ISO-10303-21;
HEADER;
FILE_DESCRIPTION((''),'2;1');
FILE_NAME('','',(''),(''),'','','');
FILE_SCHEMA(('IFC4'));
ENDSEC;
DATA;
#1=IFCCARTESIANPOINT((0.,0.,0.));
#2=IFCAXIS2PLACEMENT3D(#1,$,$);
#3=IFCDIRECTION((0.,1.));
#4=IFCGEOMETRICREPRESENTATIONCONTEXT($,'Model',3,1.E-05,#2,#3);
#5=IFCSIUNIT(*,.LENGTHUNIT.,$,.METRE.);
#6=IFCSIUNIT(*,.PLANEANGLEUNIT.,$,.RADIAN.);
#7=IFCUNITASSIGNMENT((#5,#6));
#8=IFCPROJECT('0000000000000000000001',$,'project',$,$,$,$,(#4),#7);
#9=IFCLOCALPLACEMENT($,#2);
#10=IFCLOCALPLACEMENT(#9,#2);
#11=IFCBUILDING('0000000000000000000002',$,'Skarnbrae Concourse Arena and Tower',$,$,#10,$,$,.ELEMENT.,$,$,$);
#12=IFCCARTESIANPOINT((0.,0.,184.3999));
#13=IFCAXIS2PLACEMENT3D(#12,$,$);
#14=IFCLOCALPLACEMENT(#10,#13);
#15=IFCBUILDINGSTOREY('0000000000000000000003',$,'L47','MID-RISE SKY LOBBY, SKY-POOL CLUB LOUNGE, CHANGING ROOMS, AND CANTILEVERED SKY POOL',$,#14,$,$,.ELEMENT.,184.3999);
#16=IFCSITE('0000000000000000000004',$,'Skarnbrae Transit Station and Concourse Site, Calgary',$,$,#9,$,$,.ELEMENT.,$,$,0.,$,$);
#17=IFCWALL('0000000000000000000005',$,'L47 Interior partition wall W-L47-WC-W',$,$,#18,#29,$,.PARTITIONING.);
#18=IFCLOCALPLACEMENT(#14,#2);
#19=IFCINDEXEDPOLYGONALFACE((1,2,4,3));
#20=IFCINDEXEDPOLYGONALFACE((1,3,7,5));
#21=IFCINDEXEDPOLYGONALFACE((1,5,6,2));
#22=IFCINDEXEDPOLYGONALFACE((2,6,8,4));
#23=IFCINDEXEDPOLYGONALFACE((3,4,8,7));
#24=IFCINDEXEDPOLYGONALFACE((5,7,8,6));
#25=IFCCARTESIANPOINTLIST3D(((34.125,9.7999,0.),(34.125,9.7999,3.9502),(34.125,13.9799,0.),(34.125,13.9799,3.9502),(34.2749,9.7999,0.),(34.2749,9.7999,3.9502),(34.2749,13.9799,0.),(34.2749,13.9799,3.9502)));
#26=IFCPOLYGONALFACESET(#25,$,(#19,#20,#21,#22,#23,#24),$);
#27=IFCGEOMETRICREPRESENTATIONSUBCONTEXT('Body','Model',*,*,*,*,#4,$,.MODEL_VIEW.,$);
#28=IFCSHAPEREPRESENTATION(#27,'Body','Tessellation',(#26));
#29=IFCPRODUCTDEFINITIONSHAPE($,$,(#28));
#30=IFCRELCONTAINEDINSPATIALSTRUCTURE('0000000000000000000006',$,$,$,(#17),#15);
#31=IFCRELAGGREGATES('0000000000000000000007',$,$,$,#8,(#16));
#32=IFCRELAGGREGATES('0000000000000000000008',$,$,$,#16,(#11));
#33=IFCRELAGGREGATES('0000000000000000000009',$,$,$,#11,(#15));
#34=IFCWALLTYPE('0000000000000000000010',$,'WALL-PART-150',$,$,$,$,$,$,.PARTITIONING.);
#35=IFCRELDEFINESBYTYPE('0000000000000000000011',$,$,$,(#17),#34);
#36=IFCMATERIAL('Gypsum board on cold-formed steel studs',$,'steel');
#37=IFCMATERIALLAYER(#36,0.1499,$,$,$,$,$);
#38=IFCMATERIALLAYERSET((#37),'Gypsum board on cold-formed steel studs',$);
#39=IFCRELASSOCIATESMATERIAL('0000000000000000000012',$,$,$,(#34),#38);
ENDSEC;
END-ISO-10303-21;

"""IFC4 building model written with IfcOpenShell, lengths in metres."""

from ifc_helpers import new_model, si_unit, direction, frame, frame_2d, origin, place, context, subcontext, project, spatial, rectangle, extrude, source, transform, mapped, material, layer, layer_set, type_object, element, save


model = new_model("IFC4")

# Units and contexts
model_context = context("Model", 3, precision=1e-05, world=origin(), true_north=direction((0.0, 1.0)))
body_context = subcontext(model_context, "Body", "Model", "MODEL_VIEW")
ifc_project = project(units=[si_unit("LENGTHUNIT", "METRE"), si_unit("PLANEANGLEUNIT", "RADIAN")], contexts=[model_context])

# Site, building, storey
site_placement = place(None, origin())
site = spatial("IfcSite", under=ifc_project, at=site_placement, Name="Skarnbrae Transit Station and Concourse Site, Calgary", CompositionType="ELEMENT", RefElevation=0.0)
building_placement = place(site_placement, origin())
building = spatial("IfcBuilding", under=site, at=building_placement, Name="Skarnbrae Concourse Arena and Tower", CompositionType="ELEMENT")
storey_placement = place(building_placement, frame((0.0, 0.0, 184.3999)))
storey = spatial("IfcBuildingStorey", under=building, at=storey_placement, Name="L47", Description="MID-RISE SKY LOBBY, SKY-POOL CLUB LOUNGE, CHANGING ROOMS, AND CANTILEVERED SKY POOL", CompositionType="ELEMENT", Elevation=184.3999)

# Wall
ifc_material_1 = material(Name="Gypsum board on cold-formed steel studs", Category="steel")
ifc_layer_1 = layer(ifc_material_1, 0.1499)
ifc_layer_set_1 = layer_set([ifc_layer_1], Name="Gypsum board on cold-formed steel studs")
wall_type = type_object("IfcWallType", Name="WALL-PART-150", PredefinedType="PARTITIONING", material=ifc_layer_set_1)
shared_shape_1 = source(origin(), body_context, "Body", "SweptSolid", [
    extrude(rectangle(XDim=4.1799, YDim=0.1499, at=frame_2d((2.0898, 0.0))), origin(), (0.0, 0.0, 1.0), 3.9502),
])
wall_placement = place(storey_placement, frame((34.2, 9.8, 0.0), z_axis=(0.0, 0.0, 1.0), x_axis=(0.0, 1.0, 0.0)))
element("IfcWall", 1, at=wall_placement, inside=storey, type_object=wall_type, Name="L47 Interior partition wall W-L47-WC-W", PredefinedType="PARTITIONING", context=body_context, shape_type="MappedRepresentation", body=[
    mapped(shared_shape_1, transform((0.0, 0.0, 0.0))),
])

save(model, "model.ifc")
